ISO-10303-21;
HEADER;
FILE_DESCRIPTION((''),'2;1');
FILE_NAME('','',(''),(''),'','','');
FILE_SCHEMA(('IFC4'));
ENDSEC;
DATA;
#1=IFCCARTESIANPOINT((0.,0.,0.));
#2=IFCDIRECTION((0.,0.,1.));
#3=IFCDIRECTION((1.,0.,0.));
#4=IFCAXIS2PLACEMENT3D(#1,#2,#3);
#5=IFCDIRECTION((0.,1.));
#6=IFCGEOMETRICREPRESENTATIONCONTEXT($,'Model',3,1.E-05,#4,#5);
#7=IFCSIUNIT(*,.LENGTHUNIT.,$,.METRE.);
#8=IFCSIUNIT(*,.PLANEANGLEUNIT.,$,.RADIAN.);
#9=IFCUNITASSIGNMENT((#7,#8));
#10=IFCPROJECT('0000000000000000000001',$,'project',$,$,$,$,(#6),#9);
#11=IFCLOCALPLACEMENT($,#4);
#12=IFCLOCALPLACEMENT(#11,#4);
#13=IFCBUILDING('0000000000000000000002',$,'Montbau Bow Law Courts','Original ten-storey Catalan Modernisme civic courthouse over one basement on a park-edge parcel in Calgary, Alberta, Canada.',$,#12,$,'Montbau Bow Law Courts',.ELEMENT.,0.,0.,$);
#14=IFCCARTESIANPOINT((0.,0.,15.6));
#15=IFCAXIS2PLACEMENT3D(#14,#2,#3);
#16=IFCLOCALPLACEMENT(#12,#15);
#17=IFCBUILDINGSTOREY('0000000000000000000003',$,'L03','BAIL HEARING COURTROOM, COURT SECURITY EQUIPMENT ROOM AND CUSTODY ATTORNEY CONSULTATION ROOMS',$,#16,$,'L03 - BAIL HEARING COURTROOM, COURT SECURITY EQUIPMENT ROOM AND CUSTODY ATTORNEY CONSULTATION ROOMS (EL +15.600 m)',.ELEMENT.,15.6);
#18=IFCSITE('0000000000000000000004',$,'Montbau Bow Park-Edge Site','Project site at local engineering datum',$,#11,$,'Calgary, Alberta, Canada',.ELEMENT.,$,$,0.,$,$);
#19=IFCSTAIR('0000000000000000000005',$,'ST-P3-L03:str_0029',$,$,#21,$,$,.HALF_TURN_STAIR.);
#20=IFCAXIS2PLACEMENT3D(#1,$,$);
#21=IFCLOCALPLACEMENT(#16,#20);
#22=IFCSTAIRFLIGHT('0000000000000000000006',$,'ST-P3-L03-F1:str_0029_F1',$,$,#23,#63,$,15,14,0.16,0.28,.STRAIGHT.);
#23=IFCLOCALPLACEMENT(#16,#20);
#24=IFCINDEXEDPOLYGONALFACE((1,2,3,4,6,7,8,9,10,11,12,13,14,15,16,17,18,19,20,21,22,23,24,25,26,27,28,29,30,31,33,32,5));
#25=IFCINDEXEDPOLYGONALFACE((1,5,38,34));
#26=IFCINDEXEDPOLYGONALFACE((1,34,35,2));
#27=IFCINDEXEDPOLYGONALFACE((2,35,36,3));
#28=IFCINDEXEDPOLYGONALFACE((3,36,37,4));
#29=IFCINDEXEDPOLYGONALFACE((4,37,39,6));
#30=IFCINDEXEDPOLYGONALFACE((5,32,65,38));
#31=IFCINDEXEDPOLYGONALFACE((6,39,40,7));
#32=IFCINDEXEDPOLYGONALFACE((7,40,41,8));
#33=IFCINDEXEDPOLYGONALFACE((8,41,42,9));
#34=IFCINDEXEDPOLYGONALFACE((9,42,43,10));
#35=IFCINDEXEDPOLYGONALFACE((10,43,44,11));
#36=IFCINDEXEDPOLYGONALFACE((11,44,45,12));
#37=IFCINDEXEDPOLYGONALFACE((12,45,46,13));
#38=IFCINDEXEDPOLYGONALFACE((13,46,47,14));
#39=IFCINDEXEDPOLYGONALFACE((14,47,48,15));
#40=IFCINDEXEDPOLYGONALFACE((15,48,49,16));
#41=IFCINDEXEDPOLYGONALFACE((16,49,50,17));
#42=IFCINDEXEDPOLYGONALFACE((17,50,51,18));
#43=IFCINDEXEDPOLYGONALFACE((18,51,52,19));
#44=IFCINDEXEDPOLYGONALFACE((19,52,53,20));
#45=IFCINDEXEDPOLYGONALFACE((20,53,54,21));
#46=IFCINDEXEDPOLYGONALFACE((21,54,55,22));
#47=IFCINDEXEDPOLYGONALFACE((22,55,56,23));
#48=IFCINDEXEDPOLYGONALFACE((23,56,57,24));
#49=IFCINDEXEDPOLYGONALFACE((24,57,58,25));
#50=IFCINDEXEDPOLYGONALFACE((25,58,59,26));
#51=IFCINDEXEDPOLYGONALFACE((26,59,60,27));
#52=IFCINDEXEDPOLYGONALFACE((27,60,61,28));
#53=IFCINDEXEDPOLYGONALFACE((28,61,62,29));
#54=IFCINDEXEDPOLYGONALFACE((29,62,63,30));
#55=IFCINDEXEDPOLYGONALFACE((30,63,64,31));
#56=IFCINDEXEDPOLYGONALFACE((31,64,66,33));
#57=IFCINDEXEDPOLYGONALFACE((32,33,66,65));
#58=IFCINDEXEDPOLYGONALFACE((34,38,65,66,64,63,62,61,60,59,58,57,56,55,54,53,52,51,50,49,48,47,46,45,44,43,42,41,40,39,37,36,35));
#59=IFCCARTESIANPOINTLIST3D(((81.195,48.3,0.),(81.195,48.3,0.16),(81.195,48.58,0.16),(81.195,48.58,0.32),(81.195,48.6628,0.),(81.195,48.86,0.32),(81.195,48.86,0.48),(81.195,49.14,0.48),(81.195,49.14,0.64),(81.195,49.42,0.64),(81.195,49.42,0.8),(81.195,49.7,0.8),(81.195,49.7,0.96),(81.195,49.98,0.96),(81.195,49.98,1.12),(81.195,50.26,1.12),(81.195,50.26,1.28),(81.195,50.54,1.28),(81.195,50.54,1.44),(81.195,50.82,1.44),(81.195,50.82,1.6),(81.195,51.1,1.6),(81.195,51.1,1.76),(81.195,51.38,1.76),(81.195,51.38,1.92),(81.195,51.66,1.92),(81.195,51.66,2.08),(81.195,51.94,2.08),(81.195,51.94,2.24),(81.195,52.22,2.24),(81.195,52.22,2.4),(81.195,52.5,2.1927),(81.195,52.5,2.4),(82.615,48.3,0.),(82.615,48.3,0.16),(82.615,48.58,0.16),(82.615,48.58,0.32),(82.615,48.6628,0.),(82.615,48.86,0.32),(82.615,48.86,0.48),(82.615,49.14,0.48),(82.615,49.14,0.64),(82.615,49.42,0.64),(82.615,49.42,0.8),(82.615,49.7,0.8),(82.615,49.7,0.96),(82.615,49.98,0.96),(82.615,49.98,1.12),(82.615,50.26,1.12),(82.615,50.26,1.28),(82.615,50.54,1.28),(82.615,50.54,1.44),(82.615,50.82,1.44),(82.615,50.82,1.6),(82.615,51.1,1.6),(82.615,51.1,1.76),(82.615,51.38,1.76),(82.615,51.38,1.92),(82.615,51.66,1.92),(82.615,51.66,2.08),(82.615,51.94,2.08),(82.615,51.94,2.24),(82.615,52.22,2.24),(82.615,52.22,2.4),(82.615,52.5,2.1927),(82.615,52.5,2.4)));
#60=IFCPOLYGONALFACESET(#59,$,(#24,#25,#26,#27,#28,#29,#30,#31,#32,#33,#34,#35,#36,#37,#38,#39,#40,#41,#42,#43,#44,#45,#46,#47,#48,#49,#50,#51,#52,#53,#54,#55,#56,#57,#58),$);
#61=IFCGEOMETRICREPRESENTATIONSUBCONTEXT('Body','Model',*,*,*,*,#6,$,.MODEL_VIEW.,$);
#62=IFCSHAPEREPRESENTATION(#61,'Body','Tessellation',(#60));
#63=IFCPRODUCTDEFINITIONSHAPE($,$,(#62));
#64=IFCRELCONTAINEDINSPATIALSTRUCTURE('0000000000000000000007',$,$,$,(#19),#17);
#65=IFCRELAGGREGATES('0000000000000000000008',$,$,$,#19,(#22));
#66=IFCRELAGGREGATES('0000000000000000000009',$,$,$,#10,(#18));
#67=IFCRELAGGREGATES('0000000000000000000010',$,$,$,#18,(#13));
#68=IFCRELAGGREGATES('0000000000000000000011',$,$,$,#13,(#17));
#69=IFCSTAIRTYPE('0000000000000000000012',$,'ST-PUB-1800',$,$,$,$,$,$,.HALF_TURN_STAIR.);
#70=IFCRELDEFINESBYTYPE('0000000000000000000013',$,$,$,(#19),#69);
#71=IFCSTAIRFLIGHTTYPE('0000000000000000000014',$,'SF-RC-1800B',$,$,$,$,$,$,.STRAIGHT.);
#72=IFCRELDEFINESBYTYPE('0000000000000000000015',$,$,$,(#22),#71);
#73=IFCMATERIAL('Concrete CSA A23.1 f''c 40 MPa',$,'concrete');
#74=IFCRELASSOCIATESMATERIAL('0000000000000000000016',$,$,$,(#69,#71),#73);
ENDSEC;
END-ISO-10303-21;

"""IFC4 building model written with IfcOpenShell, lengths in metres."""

from ifc_helpers import new_model, si_unit, direction, frame, origin_with_axes, place, context, subcontext, project, spatial, polyline, outline, extrude, material, type_object, element, aggregate, save


model = new_model("IFC4")

# Units and contexts
model_context = context("Model", 3, precision=1e-05, world=origin_with_axes(), true_north=direction((0.0, 1.0)))
body_context = subcontext(model_context, "Body", "Model", "MODEL_VIEW")
ifc_project = project(units=[si_unit("LENGTHUNIT", "METRE"), si_unit("PLANEANGLEUNIT", "RADIAN")], contexts=[model_context])

# Site, building, storey
site_placement = place(None, origin_with_axes())
site = spatial("IfcSite", under=ifc_project, at=site_placement, Name="Montbau Bow Park-Edge Site", Description="Project site at local engineering datum", LongName="Calgary, Alberta, Canada", CompositionType="ELEMENT", RefElevation=0.0)
building_placement = place(site_placement, origin_with_axes())
building = spatial("IfcBuilding", under=site, at=building_placement, Name="Montbau Bow Law Courts", Description="Original ten-storey Catalan Modernisme civic courthouse over one basement on a park-edge parcel in Calgary, Alberta, Canada.", LongName="Montbau Bow Law Courts", CompositionType="ELEMENT", ElevationOfRefHeight=0.0, ElevationOfTerrain=0.0)
storey_placement = place(building_placement, frame((0.0, 0.0, 15.6), z_axis=(0.0, 0.0, 1.0), x_axis=(1.0, 0.0, 0.0)))
storey = spatial("IfcBuildingStorey", under=building, at=storey_placement, Name="L03", Description="BAIL HEARING COURTROOM, COURT SECURITY EQUIPMENT ROOM AND CUSTODY ATTORNEY CONSULTATION ROOMS", LongName="L03 - BAIL HEARING COURTROOM, COURT SECURITY EQUIPMENT ROOM AND CUSTODY ATTORNEY CONSULTATION ROOMS (EL +15.600 m)", CompositionType="ELEMENT", Elevation=15.6)

# Stair, stair flight
ifc_material_1 = material(Name="Concrete CSA A23.1 f'c 40 MPa", Category="concrete")
stair_type = type_object("IfcStairType", Name="ST-PUB-1800", PredefinedType="HALF_TURN_STAIR", material=ifc_material_1)
stair_placement = place(None, frame((81.905, 48.3, 15.6), z_axis=(0.0, 0.0, 1.0), x_axis=(1.0, 0.0, 0.0)))
stair = element("IfcStair", 1, at=stair_placement, inside=storey, type_object=stair_type, Name="ST-P3-L03:str_0029", PredefinedType="HALF_TURN_STAIR")
stair_flight_type = type_object("IfcStairFlightType", Name="SF-RC-1800B", PredefinedType="STRAIGHT", material=ifc_material_1)
stair_flight_placement = place(None, frame((81.905, 48.3, 15.6), z_axis=(0.0, 0.0, 1.0), x_axis=(0.0, 1.0, 0.0)))
stair_flight = element("IfcStairFlight", 2, at=stair_flight_placement, type_object=stair_flight_type, Name="ST-P3-L03-F1:str_0029_F1", NumberOfRisers=15, NumberOfTreads=14, PredefinedType="STRAIGHT", RiserHeight=0.16, TreadLength=0.28, context=body_context, shape_type="SweptSolid", body=[
    extrude(outline(polyline([(0.0, 0.0), (0.0, 0.16), (0.28, 0.16), (0.28, 0.32), (0.56, 0.32), (0.56, 0.48), (0.84, 0.48), (0.84, 0.64), (1.12, 0.64), (1.12, 0.8), (1.4, 0.8), (1.4, 0.96), (1.68, 0.96), (1.68, 1.12), (1.96, 1.12), (1.96, 1.28), (2.24, 1.28), (2.24, 1.44), (2.52, 1.44), (2.52, 1.6), (2.8, 1.6), (2.8, 1.76), (3.08, 1.76), (3.08, 1.92), (3.36, 1.92), (3.36, 2.08), (3.64, 2.08), (3.64, 2.24), (3.92, 2.24), (3.92, 2.4), (4.2, 2.4), (4.2, 2.1927), (0.3628, 0.0), (0.0, 0.0)])), frame((0.0, 0.71, 0.0), z_axis=(0.0, -1.0, 0.0), x_axis=(1.0, 0.0, 0.0)), (0.0, 0.0, 1.0), 1.42),
])
aggregate(stair, [stair_flight])

save(model, "model.ifc")
